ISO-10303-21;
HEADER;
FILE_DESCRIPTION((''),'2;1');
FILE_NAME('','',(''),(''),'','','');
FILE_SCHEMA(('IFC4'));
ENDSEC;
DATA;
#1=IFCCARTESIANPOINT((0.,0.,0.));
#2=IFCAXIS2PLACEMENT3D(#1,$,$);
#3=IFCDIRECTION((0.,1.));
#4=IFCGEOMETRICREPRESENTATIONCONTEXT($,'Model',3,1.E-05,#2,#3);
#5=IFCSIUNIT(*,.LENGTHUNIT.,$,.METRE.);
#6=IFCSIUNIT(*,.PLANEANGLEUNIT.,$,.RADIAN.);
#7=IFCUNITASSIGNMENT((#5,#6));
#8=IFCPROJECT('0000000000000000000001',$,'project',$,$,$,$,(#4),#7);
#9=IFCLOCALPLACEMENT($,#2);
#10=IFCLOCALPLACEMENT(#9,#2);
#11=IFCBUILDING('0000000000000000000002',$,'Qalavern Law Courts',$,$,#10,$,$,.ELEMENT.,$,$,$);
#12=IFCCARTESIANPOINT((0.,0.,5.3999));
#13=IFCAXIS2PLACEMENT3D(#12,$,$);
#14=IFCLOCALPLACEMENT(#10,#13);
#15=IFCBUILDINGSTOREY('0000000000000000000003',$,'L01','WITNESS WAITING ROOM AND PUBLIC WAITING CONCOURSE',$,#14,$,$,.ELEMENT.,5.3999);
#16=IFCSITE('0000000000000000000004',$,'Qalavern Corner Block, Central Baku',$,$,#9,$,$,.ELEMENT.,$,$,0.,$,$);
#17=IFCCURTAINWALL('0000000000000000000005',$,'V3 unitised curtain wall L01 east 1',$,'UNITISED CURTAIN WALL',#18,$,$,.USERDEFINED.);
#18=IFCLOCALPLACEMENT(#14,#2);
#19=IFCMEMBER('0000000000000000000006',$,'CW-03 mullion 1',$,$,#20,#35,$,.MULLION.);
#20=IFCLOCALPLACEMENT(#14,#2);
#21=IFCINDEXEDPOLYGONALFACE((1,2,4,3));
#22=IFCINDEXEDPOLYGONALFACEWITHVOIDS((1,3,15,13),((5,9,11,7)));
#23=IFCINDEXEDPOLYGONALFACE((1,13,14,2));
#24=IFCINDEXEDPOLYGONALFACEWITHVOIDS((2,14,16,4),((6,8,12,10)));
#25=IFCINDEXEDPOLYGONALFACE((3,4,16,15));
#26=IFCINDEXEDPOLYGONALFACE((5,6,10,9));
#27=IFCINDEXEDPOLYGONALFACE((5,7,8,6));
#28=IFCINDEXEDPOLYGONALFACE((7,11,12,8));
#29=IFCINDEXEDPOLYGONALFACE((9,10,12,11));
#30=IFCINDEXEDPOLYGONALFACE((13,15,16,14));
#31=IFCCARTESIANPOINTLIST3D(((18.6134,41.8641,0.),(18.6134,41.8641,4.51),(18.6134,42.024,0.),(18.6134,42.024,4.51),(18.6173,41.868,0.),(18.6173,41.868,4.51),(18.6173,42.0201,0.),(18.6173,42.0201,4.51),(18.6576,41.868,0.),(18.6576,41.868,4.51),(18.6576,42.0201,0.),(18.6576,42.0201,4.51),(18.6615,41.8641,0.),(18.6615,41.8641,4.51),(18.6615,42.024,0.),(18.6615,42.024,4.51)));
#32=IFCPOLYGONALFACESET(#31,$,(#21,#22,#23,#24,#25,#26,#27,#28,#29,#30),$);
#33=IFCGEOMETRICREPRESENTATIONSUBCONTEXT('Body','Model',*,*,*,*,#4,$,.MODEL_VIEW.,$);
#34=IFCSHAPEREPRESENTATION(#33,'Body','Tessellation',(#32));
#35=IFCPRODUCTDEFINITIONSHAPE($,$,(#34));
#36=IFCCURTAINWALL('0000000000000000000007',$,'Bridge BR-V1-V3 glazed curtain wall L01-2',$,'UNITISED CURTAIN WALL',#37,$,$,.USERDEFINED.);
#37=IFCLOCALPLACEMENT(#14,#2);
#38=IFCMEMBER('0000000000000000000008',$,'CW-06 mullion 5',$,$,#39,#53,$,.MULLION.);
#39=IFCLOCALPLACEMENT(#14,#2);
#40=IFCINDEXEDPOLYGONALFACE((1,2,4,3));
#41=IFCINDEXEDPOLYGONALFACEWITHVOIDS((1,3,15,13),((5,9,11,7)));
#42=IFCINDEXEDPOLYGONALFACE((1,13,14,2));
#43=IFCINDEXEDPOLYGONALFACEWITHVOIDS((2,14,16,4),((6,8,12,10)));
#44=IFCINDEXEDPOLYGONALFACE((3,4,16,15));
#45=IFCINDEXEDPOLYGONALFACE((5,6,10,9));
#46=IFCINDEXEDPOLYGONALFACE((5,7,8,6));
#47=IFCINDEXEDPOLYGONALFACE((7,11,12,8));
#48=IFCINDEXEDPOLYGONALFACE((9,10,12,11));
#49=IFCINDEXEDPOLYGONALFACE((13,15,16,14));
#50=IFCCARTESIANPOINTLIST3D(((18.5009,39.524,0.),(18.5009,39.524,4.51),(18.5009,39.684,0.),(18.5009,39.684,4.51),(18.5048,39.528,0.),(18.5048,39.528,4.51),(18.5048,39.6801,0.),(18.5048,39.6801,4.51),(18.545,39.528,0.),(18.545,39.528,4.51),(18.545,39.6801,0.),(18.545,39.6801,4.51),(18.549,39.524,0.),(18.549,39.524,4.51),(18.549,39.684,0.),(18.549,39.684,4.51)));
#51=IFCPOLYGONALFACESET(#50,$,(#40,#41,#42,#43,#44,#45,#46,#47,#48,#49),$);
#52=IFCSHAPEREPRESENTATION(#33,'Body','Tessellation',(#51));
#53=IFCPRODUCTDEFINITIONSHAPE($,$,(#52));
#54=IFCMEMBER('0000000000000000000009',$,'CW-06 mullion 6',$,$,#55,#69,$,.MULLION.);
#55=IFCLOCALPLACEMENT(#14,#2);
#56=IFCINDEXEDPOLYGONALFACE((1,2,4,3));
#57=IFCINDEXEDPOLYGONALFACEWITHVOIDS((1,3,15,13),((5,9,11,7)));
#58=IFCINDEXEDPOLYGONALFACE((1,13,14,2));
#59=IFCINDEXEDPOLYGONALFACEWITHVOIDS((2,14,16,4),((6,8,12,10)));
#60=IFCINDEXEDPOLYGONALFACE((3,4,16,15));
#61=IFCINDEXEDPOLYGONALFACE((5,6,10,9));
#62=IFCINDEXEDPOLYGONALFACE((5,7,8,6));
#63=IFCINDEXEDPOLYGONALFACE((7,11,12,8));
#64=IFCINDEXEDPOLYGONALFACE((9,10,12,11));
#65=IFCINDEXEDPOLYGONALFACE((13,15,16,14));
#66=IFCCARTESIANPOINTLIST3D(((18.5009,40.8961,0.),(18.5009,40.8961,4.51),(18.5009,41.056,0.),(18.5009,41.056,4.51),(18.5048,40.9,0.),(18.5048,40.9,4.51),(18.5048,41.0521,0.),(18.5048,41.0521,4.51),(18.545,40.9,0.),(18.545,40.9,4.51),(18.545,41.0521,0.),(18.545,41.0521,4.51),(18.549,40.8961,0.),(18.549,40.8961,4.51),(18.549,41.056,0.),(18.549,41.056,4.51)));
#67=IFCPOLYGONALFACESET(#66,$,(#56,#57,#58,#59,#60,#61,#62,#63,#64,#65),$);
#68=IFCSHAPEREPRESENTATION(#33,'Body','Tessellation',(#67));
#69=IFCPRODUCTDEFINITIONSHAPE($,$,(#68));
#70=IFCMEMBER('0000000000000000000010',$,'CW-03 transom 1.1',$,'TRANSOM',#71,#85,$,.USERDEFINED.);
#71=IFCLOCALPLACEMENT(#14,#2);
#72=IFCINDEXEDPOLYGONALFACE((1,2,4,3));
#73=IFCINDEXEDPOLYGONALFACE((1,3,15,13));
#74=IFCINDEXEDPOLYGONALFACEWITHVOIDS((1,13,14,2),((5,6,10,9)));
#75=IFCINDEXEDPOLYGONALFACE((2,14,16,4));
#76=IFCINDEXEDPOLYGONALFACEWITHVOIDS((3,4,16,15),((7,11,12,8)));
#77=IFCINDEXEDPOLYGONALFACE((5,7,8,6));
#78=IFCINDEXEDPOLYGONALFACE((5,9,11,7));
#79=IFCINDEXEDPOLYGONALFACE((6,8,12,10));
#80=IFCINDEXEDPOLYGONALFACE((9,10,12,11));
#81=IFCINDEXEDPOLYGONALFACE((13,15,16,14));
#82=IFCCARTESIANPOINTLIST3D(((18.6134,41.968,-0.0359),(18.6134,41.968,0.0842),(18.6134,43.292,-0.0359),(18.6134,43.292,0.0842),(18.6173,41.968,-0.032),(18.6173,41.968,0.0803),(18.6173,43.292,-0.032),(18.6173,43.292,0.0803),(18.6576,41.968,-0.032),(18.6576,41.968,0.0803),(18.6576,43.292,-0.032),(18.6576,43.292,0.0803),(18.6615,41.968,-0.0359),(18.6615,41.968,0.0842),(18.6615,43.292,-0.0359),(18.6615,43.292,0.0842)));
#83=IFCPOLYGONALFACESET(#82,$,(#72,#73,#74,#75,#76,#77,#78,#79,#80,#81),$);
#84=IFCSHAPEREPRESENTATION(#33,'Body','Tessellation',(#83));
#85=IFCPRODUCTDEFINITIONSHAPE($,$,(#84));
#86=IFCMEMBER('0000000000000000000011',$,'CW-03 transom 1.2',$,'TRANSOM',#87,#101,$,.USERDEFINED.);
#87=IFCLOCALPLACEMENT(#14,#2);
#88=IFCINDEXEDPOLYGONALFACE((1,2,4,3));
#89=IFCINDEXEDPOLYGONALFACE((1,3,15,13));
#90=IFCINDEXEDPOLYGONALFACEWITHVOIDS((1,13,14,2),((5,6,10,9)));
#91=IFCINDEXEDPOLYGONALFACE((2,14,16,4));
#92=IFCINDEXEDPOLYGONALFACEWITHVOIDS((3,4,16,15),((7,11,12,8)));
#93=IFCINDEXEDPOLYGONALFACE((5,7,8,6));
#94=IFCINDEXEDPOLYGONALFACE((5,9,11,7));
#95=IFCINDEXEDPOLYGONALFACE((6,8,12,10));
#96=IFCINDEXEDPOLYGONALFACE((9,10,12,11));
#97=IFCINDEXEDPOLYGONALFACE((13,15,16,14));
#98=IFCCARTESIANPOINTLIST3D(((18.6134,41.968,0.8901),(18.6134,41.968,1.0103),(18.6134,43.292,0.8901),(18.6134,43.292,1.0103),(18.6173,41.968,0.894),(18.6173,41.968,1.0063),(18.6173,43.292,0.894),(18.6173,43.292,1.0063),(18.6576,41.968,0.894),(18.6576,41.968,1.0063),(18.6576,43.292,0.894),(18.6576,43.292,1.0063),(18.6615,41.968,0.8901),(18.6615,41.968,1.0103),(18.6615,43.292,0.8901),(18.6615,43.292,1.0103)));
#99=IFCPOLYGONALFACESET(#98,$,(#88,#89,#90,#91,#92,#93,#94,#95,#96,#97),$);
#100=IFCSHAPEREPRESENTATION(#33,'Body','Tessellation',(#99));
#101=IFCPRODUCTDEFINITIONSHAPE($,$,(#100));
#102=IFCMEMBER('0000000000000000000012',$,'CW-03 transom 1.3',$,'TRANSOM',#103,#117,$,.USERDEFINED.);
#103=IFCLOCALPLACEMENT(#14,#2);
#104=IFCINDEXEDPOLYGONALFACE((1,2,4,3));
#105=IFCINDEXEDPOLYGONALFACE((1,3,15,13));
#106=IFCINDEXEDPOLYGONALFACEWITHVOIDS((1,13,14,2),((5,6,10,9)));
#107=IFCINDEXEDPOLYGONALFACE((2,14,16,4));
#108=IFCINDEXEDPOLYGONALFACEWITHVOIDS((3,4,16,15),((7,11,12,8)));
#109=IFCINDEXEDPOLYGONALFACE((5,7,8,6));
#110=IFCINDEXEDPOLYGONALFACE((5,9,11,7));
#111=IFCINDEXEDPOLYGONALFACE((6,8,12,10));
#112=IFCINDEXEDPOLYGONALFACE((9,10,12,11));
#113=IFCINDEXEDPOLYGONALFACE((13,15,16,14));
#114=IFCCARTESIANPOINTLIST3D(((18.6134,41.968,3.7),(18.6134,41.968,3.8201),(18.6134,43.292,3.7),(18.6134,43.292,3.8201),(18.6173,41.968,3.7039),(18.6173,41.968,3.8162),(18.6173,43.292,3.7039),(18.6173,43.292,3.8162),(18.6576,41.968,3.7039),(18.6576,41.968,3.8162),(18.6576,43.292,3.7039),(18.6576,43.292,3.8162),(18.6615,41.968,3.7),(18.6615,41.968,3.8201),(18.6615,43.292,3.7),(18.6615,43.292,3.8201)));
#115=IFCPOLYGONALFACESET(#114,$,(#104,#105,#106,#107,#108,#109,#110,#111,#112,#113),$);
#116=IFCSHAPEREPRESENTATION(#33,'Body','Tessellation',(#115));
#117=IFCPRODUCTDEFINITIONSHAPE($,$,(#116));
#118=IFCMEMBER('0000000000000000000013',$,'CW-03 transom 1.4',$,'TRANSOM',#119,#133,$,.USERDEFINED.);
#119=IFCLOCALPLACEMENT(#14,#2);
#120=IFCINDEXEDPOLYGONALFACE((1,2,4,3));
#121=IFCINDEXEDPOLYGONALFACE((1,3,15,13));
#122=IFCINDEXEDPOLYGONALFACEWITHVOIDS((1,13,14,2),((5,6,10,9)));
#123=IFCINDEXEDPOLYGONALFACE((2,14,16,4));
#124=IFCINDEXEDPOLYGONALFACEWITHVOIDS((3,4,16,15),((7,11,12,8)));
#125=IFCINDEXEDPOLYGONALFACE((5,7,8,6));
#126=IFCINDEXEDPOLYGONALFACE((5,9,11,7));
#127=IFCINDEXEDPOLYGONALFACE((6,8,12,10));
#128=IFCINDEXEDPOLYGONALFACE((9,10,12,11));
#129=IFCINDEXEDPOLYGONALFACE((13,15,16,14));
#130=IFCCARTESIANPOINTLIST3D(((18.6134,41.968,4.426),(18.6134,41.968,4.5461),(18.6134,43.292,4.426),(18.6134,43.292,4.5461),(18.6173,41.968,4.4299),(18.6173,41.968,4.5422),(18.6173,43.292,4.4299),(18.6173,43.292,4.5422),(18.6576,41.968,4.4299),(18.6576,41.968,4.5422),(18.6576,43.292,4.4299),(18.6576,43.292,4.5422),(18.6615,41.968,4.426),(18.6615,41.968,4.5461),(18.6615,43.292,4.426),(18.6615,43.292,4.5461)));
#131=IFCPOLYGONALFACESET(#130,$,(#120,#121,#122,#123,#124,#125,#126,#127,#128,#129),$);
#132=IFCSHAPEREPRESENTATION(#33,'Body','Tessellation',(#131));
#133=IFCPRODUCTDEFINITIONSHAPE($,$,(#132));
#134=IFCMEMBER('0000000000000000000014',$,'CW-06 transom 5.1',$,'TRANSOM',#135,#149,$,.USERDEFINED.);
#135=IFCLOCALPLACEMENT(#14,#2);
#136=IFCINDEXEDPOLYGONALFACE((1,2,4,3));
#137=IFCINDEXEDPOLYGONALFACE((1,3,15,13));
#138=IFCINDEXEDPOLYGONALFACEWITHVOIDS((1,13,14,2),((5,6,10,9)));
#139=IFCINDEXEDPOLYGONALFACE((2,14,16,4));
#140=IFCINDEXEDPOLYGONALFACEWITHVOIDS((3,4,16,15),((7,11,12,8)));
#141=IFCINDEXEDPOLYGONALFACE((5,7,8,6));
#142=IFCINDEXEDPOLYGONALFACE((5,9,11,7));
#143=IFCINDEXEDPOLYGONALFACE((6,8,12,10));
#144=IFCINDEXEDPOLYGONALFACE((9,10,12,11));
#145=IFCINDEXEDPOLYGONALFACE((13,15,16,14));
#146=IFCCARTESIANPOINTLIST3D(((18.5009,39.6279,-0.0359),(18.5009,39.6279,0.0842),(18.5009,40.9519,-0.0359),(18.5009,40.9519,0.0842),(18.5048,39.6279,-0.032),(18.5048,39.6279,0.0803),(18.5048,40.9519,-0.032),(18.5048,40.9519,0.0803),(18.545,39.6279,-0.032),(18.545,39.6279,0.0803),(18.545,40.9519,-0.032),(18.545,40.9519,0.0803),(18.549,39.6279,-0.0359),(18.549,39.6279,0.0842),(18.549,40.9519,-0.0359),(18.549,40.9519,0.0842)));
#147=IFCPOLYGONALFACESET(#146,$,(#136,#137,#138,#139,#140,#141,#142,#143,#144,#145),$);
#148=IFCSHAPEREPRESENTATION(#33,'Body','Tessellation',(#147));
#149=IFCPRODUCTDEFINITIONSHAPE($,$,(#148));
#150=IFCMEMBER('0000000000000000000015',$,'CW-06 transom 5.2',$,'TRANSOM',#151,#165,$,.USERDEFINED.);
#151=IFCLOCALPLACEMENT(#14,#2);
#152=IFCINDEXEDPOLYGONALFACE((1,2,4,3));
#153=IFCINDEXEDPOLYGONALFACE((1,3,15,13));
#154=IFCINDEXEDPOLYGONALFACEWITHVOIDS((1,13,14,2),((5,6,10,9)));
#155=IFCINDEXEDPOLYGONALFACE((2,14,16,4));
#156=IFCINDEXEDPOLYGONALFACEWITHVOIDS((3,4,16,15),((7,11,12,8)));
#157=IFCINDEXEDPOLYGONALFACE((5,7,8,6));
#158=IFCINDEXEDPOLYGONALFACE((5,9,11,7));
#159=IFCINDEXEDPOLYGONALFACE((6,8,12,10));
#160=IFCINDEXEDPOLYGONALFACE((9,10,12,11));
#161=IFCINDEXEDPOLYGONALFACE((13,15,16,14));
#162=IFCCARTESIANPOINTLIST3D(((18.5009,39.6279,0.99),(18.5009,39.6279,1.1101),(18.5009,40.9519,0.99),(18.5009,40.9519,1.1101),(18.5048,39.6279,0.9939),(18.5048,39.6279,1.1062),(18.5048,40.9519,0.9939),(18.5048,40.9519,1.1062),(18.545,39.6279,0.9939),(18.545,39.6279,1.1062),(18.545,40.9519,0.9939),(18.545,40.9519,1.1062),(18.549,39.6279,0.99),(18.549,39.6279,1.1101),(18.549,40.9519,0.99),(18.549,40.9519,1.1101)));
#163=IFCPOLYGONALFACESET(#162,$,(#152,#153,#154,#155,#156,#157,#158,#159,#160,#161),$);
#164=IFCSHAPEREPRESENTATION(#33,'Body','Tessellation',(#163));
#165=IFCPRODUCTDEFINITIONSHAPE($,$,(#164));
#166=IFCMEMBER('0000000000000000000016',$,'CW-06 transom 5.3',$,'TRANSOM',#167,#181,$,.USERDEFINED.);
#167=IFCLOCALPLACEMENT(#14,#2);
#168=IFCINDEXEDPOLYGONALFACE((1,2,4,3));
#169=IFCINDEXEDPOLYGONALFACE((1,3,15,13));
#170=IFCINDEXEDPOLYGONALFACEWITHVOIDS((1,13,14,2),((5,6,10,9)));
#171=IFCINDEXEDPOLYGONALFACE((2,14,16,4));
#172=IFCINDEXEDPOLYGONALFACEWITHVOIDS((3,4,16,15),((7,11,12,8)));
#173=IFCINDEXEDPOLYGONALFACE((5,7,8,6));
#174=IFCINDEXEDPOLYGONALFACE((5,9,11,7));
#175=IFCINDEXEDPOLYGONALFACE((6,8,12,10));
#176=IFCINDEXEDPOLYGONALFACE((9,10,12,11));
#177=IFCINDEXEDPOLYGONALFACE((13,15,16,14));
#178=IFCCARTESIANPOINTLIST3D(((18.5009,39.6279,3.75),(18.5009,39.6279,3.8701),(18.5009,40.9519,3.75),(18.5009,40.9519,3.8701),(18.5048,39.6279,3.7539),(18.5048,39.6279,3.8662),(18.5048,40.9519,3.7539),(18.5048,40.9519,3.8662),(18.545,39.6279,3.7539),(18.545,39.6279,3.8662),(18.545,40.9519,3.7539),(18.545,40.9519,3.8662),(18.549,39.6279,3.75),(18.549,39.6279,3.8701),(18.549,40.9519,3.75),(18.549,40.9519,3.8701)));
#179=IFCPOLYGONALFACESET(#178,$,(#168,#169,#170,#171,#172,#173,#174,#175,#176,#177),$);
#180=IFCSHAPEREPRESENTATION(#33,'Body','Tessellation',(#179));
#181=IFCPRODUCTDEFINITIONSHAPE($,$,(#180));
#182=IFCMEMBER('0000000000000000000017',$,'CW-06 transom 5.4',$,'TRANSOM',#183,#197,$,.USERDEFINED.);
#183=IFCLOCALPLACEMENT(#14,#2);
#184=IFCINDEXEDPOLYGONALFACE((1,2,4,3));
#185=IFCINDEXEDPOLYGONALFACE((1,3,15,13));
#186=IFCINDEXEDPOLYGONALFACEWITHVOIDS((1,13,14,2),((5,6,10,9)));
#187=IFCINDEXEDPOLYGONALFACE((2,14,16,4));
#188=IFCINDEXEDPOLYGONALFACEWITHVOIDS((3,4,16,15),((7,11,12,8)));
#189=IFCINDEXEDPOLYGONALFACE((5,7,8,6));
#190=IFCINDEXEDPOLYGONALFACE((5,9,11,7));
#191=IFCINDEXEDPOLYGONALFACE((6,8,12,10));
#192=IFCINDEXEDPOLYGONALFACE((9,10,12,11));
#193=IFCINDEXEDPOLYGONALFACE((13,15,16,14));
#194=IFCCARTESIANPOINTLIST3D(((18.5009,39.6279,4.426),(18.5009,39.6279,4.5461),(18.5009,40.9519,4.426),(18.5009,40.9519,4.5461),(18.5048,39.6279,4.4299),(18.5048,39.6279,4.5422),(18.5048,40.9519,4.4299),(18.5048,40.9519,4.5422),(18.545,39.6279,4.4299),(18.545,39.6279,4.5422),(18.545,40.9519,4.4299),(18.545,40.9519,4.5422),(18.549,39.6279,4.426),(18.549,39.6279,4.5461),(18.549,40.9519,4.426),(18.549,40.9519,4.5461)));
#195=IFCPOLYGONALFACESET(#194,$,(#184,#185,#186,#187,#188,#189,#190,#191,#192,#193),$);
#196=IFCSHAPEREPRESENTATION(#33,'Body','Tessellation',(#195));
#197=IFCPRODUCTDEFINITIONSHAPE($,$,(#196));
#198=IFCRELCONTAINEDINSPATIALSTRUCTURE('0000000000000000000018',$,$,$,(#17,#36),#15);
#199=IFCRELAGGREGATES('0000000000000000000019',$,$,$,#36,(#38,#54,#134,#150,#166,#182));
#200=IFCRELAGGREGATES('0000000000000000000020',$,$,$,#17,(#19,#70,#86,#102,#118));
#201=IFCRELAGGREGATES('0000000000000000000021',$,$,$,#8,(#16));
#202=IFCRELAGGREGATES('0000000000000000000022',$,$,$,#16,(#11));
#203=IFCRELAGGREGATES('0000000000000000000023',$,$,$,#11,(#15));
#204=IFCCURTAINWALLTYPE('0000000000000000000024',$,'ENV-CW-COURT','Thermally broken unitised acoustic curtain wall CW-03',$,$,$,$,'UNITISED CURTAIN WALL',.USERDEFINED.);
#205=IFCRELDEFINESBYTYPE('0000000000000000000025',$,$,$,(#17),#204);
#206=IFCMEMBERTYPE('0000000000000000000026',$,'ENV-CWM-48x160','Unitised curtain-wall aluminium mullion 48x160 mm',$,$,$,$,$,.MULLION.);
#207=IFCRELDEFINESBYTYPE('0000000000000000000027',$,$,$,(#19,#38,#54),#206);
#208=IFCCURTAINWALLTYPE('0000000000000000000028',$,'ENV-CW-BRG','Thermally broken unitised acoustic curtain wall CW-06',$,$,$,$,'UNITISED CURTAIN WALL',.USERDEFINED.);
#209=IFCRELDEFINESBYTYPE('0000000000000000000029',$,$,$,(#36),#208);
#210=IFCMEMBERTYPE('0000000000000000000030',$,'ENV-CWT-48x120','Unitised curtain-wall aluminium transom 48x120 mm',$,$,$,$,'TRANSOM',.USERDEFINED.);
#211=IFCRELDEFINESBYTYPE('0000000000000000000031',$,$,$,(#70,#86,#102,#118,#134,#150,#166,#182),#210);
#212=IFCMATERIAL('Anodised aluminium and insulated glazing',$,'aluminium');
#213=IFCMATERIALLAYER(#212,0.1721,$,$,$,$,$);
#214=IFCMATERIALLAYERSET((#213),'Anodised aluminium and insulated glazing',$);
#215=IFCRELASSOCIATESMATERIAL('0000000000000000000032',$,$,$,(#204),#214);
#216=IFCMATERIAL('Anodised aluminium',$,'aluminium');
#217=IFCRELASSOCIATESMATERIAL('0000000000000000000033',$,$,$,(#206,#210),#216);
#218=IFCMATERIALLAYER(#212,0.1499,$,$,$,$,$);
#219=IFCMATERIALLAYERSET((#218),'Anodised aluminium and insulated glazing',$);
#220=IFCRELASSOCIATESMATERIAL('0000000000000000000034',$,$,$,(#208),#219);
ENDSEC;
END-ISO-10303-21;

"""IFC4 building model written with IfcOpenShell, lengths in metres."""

from ifc_helpers import new_model, si_unit, direction, frame, origin, origin_2d, place, context, subcontext, project, spatial, hollow_rectangle, extrude, material, layer, layer_set, material_profile, profile_set, type_object, element, aggregate, save


model = new_model("IFC4")

# Units and contexts
model_context = context("Model", 3, precision=1e-05, world=origin(), true_north=direction((0.0, 1.0)))
body_context = subcontext(model_context, "Body", "Model", "MODEL_VIEW")
ifc_project = project(units=[si_unit("LENGTHUNIT", "METRE"), si_unit("PLANEANGLEUNIT", "RADIAN")], contexts=[model_context])

# Site, building, storey
site_placement = place(None, origin())
site = spatial("IfcSite", under=ifc_project, at=site_placement, Name="Qalavern Corner Block, Central Baku", CompositionType="ELEMENT", RefElevation=0.0)
building_placement = place(site_placement, origin())
building = spatial("IfcBuilding", under=site, at=building_placement, Name="Qalavern Law Courts", CompositionType="ELEMENT")
storey_placement = place(building_placement, frame((0.0, 0.0, 5.3999)))
storey = spatial("IfcBuildingStorey", under=building, at=storey_placement, Name="L01", Description="WITNESS WAITING ROOM AND PUBLIC WAITING CONCOURSE", CompositionType="ELEMENT", Elevation=5.3999)

# Curtain wall, member
ifc_material_1 = material(Name="Anodised aluminium and insulated glazing", Category="aluminium")
ifc_layer_1 = layer(ifc_material_1, 0.1721)
ifc_layer_set_1 = layer_set([ifc_layer_1], Name="Anodised aluminium and insulated glazing")
curtain_wall_type_1 = type_object("IfcCurtainWallType", Name="ENV-CW-COURT", Description="Thermally broken unitised acoustic curtain wall CW-03", ElementType="UNITISED CURTAIN WALL", PredefinedType="USERDEFINED", material=ifc_layer_set_1)
curtain_wall_1_placement = place(storey_placement, origin())
curtain_wall_1 = element("IfcCurtainWall", 1, at=curtain_wall_1_placement, inside=storey, type_object=curtain_wall_type_1, Name="V3 unitised curtain wall L01 east 1", ObjectType="UNITISED CURTAIN WALL", PredefinedType="USERDEFINED")
ifc_material_2 = material(Name="Anodised aluminium", Category="aluminium")
ifc_material_profile_1 = material_profile(ifc_material_2, hollow_rectangle(XDim=0.0481, YDim=0.1599, WallThickness=0.0039, at=origin_2d()), Name="ALU MULLION 48x160")
ifc_profile_set_1 = profile_set([ifc_material_profile_1], Name="Anodised aluminium")
member_type_1 = type_object("IfcMemberType", Name="ENV-CWM-48x160", Description="Unitised curtain-wall aluminium mullion 48x160 mm", PredefinedType="MULLION", material=ifc_profile_set_1)
member_1_placement = place(storey_placement, frame((18.6375, 41.9441, 0.0), z_axis=(0.0, 0.0, 1.0), x_axis=(-1.0, 0.0, 0.0)))
member_1 = element("IfcMember", 2, at=member_1_placement, type_object=member_type_1, Name="CW-03 mullion 1", PredefinedType="MULLION", context=body_context, shape_type="SweptSolid", body=[
    extrude(hollow_rectangle(XDim=0.0481, YDim=0.1599, WallThickness=0.0039, at=origin_2d()), origin(), (0.0, 0.0, 1.0), 4.51),
])

# Curtain wall, members
ifc_layer_2 = layer(ifc_material_1, 0.1499)
ifc_layer_set_2 = layer_set([ifc_layer_2], Name="Anodised aluminium and insulated glazing")
curtain_wall_type_2 = type_object("IfcCurtainWallType", Name="ENV-CW-BRG", Description="Thermally broken unitised acoustic curtain wall CW-06", ElementType="UNITISED CURTAIN WALL", PredefinedType="USERDEFINED", material=ifc_layer_set_2)
curtain_wall_2_placement = place(storey_placement, origin())
curtain_wall_2 = element("IfcCurtainWall", 3, at=curtain_wall_2_placement, inside=storey, type_object=curtain_wall_type_2, Name="Bridge BR-V1-V3 glazed curtain wall L01-2", ObjectType="UNITISED CURTAIN WALL", PredefinedType="USERDEFINED")
member_2_placement = place(storey_placement, frame((18.5249, 39.604, 0.0), z_axis=(0.0, 0.0, 1.0), x_axis=(-1.0, 0.0, 0.0)))
member_2 = element("IfcMember", 4, at=member_2_placement, type_object=member_type_1, Name="CW-06 mullion 5", PredefinedType="MULLION", context=body_context, shape_type="SweptSolid", body=[
    extrude(hollow_rectangle(XDim=0.0481, YDim=0.1599, WallThickness=0.0039, at=origin_2d()), origin(), (0.0, 0.0, 1.0), 4.51),
])
member_3_placement = place(storey_placement, frame((18.5249, 40.9761, 0.0), z_axis=(0.0, 0.0, 1.0), x_axis=(-1.0, 0.0, 0.0)))
member_3 = element("IfcMember", 5, at=member_3_placement, type_object=member_type_1, Name="CW-06 mullion 6", PredefinedType="MULLION", context=body_context, shape_type="SweptSolid", body=[
    extrude(hollow_rectangle(XDim=0.0481, YDim=0.1599, WallThickness=0.0039, at=origin_2d()), origin(), (0.0, 0.0, 1.0), 4.51),
])

# Members
ifc_material_profile_2 = material_profile(ifc_material_2, hollow_rectangle(XDim=0.0481, YDim=0.1201, WallThickness=0.0039, at=origin_2d()), Name="ALU TRANSOM 48x120")
ifc_profile_set_2 = profile_set([ifc_material_profile_2], Name="Anodised aluminium")
member_type_2 = type_object("IfcMemberType", Name="ENV-CWT-48x120", Description="Unitised curtain-wall aluminium transom 48x120 mm", ElementType="TRANSOM", PredefinedType="USERDEFINED", material=ifc_profile_set_2)
member_4_placement = place(storey_placement, frame((18.6375, 41.968, 0.0242), z_axis=(0.0, 1.0, 0.0), x_axis=(-1.0, 0.0, 0.0)))
member_4 = element("IfcMember", 6, at=member_4_placement, type_object=member_type_2, Name="CW-03 transom 1.1", ObjectType="TRANSOM", PredefinedType="USERDEFINED", context=body_context, shape_type="SweptSolid", body=[
    extrude(hollow_rectangle(XDim=0.0481, YDim=0.1201, WallThickness=0.0039, at=origin_2d()), origin(), (0.0, 0.0, 1.0), 1.324),
])
member_5_placement = place(storey_placement, frame((18.6375, 41.968, 0.9502), z_axis=(0.0, 1.0, 0.0), x_axis=(-1.0, 0.0, 0.0)))
member_5 = element("IfcMember", 7, at=member_5_placement, type_object=member_type_2, Name="CW-03 transom 1.2", ObjectType="TRANSOM", PredefinedType="USERDEFINED", context=body_context, shape_type="SweptSolid", body=[
    extrude(hollow_rectangle(XDim=0.0481, YDim=0.1201, WallThickness=0.0039, at=origin_2d()), origin(), (0.0, 0.0, 1.0), 1.324),
])
member_6_placement = place(storey_placement, frame((18.6375, 41.968, 3.76), z_axis=(0.0, 1.0, 0.0), x_axis=(-1.0, 0.0, 0.0)))
member_6 = element("IfcMember", 8, at=member_6_placement, type_object=member_type_2, Name="CW-03 transom 1.3", ObjectType="TRANSOM", PredefinedType="USERDEFINED", context=body_context, shape_type="SweptSolid", body=[
    extrude(hollow_rectangle(XDim=0.0481, YDim=0.1201, WallThickness=0.0039, at=origin_2d()), origin(), (0.0, 0.0, 1.0), 1.324),
])
member_7_placement = place(storey_placement, frame((18.6375, 41.968, 4.4861), z_axis=(0.0, 1.0, 0.0), x_axis=(-1.0, 0.0, 0.0)))
member_7 = element("IfcMember", 9, at=member_7_placement, type_object=member_type_2, Name="CW-03 transom 1.4", ObjectType="TRANSOM", PredefinedType="USERDEFINED", context=body_context, shape_type="SweptSolid", body=[
    extrude(hollow_rectangle(XDim=0.0481, YDim=0.1201, WallThickness=0.0039, at=origin_2d()), origin(), (0.0, 0.0, 1.0), 1.324),
])
member_8_placement = place(storey_placement, frame((18.5249, 39.6279, 0.0242), z_axis=(0.0, 1.0, 0.0), x_axis=(-1.0, 0.0, 0.0)))
member_8 = element("IfcMember", 10, at=member_8_placement, type_object=member_type_2, Name="CW-06 transom 5.1", ObjectType="TRANSOM", PredefinedType="USERDEFINED", context=body_context, shape_type="SweptSolid", body=[
    extrude(hollow_rectangle(XDim=0.0481, YDim=0.1201, WallThickness=0.0039, at=origin_2d()), origin(), (0.0, 0.0, 1.0), 1.324),
])
member_9_placement = place(storey_placement, frame((18.5249, 39.6279, 1.05), z_axis=(0.0, 1.0, 0.0), x_axis=(-1.0, 0.0, 0.0)))
member_9 = element("IfcMember", 11, at=member_9_placement, type_object=member_type_2, Name="CW-06 transom 5.2", ObjectType="TRANSOM", PredefinedType="USERDEFINED", context=body_context, shape_type="SweptSolid", body=[
    extrude(hollow_rectangle(XDim=0.0481, YDim=0.1201, WallThickness=0.0039, at=origin_2d()), origin(), (0.0, 0.0, 1.0), 1.324),
])
member_10_placement = place(storey_placement, frame((18.5249, 39.6279, 3.8101), z_axis=(0.0, 1.0, 0.0), x_axis=(-1.0, 0.0, 0.0)))
member_10 = element("IfcMember", 12, at=member_10_placement, type_object=member_type_2, Name="CW-06 transom 5.3", ObjectType="TRANSOM", PredefinedType="USERDEFINED", context=body_context, shape_type="SweptSolid", body=[
    extrude(hollow_rectangle(XDim=0.0481, YDim=0.1201, WallThickness=0.0039, at=origin_2d()), origin(), (0.0, 0.0, 1.0), 1.324),
])
member_11_placement = place(storey_placement, frame((18.5249, 39.6279, 4.4861), z_axis=(0.0, 1.0, 0.0), x_axis=(-1.0, 0.0, 0.0)))
member_11 = element("IfcMember", 13, at=member_11_placement, type_object=member_type_2, Name="CW-06 transom 5.4", ObjectType="TRANSOM", PredefinedType="USERDEFINED", context=body_context, shape_type="SweptSolid", body=[
    extrude(hollow_rectangle(XDim=0.0481, YDim=0.1201, WallThickness=0.0039, at=origin_2d()), origin(), (0.0, 0.0, 1.0), 1.324),
])

aggregate(curtain_wall_2, [member_2, member_3, member_8, member_9, member_10, member_11])
aggregate(curtain_wall_1, [member_1, member_4, member_5, member_6, member_7])

save(model, "model.ifc")
